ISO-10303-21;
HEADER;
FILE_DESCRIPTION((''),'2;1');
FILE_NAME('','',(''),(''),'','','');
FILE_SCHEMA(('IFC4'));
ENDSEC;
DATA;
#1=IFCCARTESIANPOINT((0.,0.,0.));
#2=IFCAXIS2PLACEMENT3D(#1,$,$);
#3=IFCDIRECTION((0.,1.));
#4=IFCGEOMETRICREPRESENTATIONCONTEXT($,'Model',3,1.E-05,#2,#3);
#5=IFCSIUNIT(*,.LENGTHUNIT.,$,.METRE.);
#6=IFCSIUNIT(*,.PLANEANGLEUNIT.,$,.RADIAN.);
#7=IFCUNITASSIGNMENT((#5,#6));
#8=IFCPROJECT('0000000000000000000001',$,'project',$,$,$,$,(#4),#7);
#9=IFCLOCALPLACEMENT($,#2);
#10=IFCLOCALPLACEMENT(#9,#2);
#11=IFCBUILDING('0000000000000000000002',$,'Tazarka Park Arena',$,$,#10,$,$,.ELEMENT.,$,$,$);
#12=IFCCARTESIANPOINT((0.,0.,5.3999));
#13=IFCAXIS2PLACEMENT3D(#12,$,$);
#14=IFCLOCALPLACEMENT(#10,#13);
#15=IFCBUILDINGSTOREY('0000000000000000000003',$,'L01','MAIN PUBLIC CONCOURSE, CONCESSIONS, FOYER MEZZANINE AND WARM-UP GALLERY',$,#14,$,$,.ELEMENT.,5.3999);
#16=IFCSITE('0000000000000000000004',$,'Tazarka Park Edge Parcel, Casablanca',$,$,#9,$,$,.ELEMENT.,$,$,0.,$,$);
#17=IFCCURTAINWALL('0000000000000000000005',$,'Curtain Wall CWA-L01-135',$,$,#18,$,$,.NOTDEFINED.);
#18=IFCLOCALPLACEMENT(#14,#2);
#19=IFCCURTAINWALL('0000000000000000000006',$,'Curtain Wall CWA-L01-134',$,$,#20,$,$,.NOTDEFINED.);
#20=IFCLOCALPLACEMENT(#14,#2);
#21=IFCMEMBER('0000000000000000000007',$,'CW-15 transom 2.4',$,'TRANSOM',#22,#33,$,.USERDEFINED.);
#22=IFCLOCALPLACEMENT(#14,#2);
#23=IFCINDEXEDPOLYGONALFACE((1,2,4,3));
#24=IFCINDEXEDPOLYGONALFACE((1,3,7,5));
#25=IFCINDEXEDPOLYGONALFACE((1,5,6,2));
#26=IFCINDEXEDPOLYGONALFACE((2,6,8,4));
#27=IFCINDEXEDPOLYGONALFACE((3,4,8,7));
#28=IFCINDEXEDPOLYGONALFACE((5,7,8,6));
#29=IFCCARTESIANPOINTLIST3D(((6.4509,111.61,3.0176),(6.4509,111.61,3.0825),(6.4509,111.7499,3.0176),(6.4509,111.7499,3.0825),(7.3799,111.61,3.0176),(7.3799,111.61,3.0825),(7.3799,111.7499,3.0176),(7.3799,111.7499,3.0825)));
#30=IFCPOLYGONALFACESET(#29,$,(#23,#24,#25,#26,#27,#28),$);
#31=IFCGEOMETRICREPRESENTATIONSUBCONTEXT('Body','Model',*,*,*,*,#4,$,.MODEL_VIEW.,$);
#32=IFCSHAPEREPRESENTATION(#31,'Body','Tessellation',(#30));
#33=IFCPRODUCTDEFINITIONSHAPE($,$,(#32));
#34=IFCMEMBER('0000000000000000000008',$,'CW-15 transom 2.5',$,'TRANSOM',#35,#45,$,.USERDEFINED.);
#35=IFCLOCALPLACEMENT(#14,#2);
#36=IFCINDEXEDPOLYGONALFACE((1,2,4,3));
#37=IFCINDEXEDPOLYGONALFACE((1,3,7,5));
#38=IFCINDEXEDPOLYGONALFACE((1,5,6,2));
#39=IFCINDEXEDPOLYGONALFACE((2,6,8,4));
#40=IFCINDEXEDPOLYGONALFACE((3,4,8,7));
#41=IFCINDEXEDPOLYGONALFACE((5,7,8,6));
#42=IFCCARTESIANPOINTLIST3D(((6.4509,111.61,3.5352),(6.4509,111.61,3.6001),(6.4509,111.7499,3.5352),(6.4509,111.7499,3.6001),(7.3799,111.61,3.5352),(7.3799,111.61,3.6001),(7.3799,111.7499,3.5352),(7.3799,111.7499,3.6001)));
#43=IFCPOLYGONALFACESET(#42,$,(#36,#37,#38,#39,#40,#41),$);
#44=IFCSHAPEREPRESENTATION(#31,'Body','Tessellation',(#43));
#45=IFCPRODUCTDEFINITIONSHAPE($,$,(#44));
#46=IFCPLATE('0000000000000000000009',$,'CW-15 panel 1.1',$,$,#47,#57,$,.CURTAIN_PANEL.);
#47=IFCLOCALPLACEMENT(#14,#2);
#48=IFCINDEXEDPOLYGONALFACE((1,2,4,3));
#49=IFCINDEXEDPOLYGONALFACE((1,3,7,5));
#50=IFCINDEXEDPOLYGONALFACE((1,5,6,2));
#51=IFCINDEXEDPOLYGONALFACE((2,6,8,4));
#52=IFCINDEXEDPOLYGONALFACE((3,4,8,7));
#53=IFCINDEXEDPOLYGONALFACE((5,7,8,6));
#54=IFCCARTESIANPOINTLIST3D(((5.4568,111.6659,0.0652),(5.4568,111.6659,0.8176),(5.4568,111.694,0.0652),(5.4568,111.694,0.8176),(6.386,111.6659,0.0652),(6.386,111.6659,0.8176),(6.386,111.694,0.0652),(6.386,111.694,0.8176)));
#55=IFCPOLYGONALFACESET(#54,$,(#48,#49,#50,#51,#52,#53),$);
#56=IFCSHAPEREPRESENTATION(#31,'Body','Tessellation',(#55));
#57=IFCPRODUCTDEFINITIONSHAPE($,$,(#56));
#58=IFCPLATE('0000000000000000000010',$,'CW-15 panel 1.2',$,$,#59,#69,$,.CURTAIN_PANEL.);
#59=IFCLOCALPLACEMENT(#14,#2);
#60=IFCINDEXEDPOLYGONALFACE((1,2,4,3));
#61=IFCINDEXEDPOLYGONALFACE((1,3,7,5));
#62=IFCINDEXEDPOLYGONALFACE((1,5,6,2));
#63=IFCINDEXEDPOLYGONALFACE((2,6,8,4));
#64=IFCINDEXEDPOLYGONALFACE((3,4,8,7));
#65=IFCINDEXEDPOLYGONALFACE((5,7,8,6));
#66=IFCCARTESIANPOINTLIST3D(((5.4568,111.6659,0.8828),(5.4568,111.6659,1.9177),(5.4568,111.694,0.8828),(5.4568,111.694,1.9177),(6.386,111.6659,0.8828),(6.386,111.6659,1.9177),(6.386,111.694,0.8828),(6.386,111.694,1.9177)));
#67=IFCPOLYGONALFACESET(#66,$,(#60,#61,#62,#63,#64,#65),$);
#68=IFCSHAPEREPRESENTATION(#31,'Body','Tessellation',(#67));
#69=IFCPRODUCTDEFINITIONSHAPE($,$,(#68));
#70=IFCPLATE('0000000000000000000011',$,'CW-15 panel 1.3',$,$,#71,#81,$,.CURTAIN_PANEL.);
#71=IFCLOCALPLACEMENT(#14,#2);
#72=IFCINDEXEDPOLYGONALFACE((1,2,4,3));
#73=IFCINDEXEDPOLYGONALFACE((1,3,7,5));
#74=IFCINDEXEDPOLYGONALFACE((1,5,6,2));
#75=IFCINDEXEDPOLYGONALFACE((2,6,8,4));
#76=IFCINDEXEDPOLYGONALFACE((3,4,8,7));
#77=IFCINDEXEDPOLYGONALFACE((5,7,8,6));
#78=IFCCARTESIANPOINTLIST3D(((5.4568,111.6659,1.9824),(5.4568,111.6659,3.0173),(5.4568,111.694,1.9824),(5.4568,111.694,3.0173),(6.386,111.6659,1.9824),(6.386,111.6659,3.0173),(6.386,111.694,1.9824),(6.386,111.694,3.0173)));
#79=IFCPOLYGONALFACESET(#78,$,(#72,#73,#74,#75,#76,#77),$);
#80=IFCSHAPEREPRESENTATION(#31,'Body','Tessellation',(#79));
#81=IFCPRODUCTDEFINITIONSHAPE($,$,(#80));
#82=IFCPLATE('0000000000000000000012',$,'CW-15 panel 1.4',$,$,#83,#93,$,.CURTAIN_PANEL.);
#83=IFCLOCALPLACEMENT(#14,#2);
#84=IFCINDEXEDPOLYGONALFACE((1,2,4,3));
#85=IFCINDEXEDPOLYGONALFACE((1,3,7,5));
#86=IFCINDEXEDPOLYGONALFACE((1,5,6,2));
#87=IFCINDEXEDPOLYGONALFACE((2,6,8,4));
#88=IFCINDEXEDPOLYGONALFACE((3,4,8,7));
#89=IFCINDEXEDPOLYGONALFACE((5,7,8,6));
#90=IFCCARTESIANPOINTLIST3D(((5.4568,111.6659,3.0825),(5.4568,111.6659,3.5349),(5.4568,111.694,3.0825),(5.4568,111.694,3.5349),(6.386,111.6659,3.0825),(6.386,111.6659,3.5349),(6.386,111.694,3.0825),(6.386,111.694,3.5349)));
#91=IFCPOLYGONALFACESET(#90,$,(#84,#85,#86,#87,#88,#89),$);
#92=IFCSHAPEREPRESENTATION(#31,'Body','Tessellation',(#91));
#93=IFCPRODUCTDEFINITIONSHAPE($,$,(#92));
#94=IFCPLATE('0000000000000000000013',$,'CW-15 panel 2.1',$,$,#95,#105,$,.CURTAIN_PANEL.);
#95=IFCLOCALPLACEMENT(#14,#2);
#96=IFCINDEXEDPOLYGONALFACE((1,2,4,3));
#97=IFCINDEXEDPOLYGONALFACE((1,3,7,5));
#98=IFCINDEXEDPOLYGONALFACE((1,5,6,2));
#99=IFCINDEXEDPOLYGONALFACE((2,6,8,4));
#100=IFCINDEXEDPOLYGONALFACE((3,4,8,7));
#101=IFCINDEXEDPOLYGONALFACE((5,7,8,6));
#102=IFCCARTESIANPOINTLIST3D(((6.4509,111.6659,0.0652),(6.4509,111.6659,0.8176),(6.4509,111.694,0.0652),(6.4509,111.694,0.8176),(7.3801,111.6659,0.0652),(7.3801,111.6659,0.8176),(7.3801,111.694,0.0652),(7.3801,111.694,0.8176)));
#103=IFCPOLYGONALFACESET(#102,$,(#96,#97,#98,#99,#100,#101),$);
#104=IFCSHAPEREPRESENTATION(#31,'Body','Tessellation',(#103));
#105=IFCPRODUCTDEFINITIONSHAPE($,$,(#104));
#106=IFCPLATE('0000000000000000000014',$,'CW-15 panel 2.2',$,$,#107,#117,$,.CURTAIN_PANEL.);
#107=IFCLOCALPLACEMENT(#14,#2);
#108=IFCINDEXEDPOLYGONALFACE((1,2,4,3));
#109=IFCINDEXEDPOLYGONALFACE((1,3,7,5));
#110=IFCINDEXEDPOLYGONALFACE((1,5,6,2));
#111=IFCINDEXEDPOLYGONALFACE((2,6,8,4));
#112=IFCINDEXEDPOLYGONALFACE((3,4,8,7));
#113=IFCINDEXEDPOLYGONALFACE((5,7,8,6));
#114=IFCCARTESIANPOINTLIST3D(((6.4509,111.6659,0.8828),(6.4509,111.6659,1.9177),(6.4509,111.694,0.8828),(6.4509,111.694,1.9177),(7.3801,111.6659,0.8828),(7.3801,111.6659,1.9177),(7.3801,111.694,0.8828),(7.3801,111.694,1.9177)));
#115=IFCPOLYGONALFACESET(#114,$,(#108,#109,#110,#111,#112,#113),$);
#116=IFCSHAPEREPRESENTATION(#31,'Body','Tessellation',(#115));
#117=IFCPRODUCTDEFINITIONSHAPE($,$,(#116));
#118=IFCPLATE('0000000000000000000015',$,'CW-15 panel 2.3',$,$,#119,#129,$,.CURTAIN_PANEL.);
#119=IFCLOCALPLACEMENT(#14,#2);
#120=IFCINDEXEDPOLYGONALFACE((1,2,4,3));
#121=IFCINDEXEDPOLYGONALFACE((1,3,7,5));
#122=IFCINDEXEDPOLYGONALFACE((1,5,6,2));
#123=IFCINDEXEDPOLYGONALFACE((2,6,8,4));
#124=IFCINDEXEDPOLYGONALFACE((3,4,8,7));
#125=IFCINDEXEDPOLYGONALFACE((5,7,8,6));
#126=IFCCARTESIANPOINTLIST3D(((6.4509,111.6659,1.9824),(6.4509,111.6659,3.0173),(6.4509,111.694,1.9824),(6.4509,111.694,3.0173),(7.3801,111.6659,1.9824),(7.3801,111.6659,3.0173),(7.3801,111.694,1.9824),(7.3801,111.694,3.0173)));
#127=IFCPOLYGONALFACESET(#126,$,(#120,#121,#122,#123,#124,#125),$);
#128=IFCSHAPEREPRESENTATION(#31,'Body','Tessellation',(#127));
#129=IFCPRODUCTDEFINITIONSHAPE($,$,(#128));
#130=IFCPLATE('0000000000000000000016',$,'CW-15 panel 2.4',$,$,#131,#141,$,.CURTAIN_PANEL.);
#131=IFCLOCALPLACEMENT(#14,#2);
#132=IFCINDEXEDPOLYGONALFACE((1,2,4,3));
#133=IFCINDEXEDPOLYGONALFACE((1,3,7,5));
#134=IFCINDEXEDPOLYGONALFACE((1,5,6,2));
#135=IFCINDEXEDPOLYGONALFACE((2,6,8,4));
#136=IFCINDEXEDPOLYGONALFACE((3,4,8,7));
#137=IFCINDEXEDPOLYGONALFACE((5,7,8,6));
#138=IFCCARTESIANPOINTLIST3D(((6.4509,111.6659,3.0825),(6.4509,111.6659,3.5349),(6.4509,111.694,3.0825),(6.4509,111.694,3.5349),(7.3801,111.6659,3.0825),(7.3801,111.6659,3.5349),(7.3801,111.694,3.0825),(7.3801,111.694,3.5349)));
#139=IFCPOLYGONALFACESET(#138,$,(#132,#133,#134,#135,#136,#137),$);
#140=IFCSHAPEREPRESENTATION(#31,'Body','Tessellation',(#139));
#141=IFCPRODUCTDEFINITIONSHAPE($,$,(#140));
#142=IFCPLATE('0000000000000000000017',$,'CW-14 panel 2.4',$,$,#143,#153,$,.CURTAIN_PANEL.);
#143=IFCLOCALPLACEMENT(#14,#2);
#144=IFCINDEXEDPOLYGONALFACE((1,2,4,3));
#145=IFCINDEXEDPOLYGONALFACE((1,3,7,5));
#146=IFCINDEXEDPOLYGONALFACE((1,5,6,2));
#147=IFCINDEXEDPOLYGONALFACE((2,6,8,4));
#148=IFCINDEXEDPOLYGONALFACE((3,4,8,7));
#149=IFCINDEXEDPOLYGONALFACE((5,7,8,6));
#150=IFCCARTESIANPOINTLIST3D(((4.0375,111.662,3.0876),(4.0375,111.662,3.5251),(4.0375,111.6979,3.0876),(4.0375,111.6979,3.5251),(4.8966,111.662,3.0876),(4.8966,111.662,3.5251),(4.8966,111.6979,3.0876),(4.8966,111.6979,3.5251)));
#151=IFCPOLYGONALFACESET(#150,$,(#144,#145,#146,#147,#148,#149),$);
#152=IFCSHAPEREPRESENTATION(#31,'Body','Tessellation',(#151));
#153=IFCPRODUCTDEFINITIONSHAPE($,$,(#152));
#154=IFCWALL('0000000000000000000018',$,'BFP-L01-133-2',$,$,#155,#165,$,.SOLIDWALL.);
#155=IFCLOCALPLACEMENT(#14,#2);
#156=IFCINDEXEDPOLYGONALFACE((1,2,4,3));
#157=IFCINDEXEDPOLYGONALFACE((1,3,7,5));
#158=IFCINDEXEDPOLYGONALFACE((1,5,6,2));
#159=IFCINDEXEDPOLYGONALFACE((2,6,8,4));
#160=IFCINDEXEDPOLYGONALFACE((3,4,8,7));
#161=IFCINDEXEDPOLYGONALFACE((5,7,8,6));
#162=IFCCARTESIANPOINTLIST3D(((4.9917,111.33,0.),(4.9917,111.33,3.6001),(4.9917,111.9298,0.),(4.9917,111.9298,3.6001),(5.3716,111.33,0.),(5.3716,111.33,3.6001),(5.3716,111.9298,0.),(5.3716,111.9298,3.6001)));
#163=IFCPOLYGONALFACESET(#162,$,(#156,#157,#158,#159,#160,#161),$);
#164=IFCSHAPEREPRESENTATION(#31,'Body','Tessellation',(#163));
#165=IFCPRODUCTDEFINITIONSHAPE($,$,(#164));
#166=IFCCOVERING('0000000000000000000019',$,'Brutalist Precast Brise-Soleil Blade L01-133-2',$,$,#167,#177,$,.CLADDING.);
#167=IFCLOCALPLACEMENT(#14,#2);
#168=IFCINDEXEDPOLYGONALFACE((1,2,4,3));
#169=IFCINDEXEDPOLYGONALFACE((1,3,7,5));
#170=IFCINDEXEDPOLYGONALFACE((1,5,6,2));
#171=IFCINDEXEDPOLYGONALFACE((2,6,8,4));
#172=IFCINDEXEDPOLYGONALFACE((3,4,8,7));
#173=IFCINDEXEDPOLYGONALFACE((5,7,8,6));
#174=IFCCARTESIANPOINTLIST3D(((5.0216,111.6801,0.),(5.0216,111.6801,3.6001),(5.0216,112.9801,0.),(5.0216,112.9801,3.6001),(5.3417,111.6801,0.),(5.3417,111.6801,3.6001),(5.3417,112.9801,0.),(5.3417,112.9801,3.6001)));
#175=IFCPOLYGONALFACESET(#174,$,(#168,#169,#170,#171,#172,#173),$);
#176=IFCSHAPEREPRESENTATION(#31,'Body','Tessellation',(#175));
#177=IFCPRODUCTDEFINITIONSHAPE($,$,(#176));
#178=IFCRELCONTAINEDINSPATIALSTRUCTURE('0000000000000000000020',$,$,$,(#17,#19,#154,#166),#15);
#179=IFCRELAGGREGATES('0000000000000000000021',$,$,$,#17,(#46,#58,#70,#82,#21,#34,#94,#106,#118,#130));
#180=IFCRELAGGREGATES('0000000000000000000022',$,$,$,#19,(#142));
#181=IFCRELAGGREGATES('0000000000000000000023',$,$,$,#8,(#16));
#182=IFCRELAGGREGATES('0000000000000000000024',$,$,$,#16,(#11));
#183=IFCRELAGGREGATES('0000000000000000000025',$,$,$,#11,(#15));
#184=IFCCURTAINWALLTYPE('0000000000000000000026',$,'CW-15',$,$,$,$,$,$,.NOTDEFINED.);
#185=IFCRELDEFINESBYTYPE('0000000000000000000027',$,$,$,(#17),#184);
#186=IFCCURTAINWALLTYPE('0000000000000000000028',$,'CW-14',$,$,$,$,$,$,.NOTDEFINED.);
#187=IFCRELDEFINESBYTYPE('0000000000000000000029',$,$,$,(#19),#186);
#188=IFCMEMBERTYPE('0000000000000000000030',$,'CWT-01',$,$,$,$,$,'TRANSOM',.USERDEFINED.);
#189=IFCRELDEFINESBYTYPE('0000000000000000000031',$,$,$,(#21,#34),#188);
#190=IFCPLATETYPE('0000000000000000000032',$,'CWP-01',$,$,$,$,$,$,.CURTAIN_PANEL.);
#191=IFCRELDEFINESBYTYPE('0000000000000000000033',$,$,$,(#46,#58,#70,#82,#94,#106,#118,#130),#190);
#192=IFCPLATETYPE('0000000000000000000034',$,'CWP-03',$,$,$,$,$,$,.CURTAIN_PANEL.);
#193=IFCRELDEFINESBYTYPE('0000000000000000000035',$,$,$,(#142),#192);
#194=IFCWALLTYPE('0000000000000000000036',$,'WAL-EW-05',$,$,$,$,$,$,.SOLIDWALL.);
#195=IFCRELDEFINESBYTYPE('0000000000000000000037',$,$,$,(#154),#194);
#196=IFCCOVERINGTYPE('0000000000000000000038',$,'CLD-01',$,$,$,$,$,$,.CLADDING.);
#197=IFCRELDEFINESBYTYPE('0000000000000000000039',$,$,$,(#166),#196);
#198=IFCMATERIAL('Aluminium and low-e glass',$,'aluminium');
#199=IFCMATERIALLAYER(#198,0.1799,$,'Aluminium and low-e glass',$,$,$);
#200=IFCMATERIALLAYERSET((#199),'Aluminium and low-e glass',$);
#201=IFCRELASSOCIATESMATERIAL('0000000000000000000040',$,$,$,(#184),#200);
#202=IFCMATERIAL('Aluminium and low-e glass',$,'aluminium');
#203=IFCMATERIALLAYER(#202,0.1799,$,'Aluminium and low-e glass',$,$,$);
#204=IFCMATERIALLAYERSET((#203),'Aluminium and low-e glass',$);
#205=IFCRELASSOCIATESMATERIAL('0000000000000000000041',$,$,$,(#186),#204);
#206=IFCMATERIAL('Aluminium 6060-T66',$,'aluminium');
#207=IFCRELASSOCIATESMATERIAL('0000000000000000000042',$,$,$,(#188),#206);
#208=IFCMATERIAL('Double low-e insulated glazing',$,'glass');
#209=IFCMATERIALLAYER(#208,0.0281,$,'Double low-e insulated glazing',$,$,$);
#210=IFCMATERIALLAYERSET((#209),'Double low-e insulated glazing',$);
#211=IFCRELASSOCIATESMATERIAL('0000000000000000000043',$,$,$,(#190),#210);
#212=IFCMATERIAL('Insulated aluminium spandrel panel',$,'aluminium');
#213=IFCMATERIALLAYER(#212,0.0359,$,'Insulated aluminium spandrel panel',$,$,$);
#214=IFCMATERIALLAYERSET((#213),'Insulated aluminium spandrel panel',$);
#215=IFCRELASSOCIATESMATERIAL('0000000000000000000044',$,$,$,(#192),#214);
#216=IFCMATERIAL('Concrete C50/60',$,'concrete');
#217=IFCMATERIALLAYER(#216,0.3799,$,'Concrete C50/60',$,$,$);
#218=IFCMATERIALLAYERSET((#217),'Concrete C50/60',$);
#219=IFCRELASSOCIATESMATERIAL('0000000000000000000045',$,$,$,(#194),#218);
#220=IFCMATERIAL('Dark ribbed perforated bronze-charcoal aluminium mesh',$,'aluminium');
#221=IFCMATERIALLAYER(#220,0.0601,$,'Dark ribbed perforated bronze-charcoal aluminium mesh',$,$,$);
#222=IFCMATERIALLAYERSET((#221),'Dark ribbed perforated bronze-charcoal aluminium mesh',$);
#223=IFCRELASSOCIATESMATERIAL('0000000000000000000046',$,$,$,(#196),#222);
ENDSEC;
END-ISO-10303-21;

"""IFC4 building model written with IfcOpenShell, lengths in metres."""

from ifc_helpers import new_model, si_unit, direction, frame, frame_2d, origin, origin_2d, place, context, subcontext, project, spatial, rectangle, extrude, material, layer, layer_set, material_profile, profile_set, type_object, element, aggregate, save


model = new_model("IFC4")

# Units and contexts
model_context = context("Model", 3, precision=1e-05, world=origin(), true_north=direction((0.0, 1.0)))
body_context = subcontext(model_context, "Body", "Model", "MODEL_VIEW")
ifc_project = project(units=[si_unit("LENGTHUNIT", "METRE"), si_unit("PLANEANGLEUNIT", "RADIAN")], contexts=[model_context])

# Site, building, storey
site_placement = place(None, origin())
site = spatial("IfcSite", under=ifc_project, at=site_placement, Name="Tazarka Park Edge Parcel, Casablanca", CompositionType="ELEMENT", RefElevation=0.0)
building_placement = place(site_placement, origin())
building = spatial("IfcBuilding", under=site, at=building_placement, Name="Tazarka Park Arena", CompositionType="ELEMENT")
storey_placement = place(building_placement, frame((0.0, 0.0, 5.3999)))
storey = spatial("IfcBuildingStorey", under=building, at=storey_placement, Name="L01", Description="MAIN PUBLIC CONCOURSE, CONCESSIONS, FOYER MEZZANINE AND WARM-UP GALLERY", CompositionType="ELEMENT", Elevation=5.3999)

# Curtain wall
ifc_material_1 = material(Name="Aluminium and low-e glass", Category="aluminium")
ifc_layer_1 = layer(ifc_material_1, 0.1799, Name="Aluminium and low-e glass")
ifc_layer_set_1 = layer_set([ifc_layer_1], Name="Aluminium and low-e glass")
curtain_wall_type_1 = type_object("IfcCurtainWallType", Name="CW-15", PredefinedType="NOTDEFINED", material=ifc_layer_set_1)
curtain_wall_1_placement = place(storey_placement, origin())
curtain_wall_1 = element("IfcCurtainWall", 1, at=curtain_wall_1_placement, inside=storey, type_object=curtain_wall_type_1, Name="Curtain Wall CWA-L01-135", PredefinedType="NOTDEFINED")

# Curtain wall
ifc_material_2 = material(Name="Aluminium and low-e glass", Category="aluminium")
ifc_layer_2 = layer(ifc_material_2, 0.1799, Name="Aluminium and low-e glass")
ifc_layer_set_2 = layer_set([ifc_layer_2], Name="Aluminium and low-e glass")
curtain_wall_type_2 = type_object("IfcCurtainWallType", Name="CW-14", PredefinedType="NOTDEFINED", material=ifc_layer_set_2)
curtain_wall_2_placement = place(storey_placement, origin())
curtain_wall_2 = element("IfcCurtainWall", 2, at=curtain_wall_2_placement, inside=storey, type_object=curtain_wall_type_2, Name="Curtain Wall CWA-L01-134", PredefinedType="NOTDEFINED")

# Members
ifc_material_3 = material(Name="Aluminium 6060-T66", Category="aluminium")
ifc_material_profile_1 = material_profile(ifc_material_3, rectangle(XDim=0.1399, YDim=0.0649, at=origin_2d()), Name="Aluminium 6060-T66")
ifc_profile_set_1 = profile_set([ifc_material_profile_1], Name="Aluminium 6060-T66")
member_type_1 = type_object("IfcMemberType", Name="CWT-01", ElementType="TRANSOM", PredefinedType="USERDEFINED", material=ifc_profile_set_1)
member_1_placement = place(storey_placement, frame((6.4509, 111.6799, 3.05), z_axis=(1.0, 0.0, 0.0), x_axis=(0.0, 1.0, 0.0)))
member_1 = element("IfcMember", 3, at=member_1_placement, type_object=member_type_1, Name="CW-15 transom 2.4", ObjectType="TRANSOM", PredefinedType="USERDEFINED", context=body_context, shape_type="SweptSolid", body=[
    extrude(rectangle(XDim=0.1399, YDim=0.0649, at=origin_2d()), origin(), (0.0, 0.0, 1.0), 0.929),
])
member_2_placement = place(storey_placement, frame((6.4509, 111.6799, 3.5676), z_axis=(1.0, 0.0, 0.0), x_axis=(0.0, 1.0, 0.0)))
member_2 = element("IfcMember", 4, at=member_2_placement, type_object=member_type_1, Name="CW-15 transom 2.5", ObjectType="TRANSOM", PredefinedType="USERDEFINED", context=body_context, shape_type="SweptSolid", body=[
    extrude(rectangle(XDim=0.1399, YDim=0.0649, at=origin_2d()), origin(), (0.0, 0.0, 1.0), 0.929),
])

# Plates
ifc_material_4 = material(Name="Double low-e insulated glazing", Category="glass")
ifc_layer_3 = layer(ifc_material_4, 0.0281, Name="Double low-e insulated glazing")
ifc_layer_set_3 = layer_set([ifc_layer_3], Name="Double low-e insulated glazing")
plate_type_1 = type_object("IfcPlateType", Name="CWP-01", PredefinedType="CURTAIN_PANEL", material=ifc_layer_set_3)
plate_1_placement = place(storey_placement, frame((5.9214, 111.6799, 0.0652), z_axis=(0.0, 0.0, 1.0), x_axis=(1.0, 0.0, 0.0)))
plate_1 = element("IfcPlate", 5, at=plate_1_placement, type_object=plate_type_1, Name="CW-15 panel 1.1", PredefinedType="CURTAIN_PANEL", context=body_context, shape_type="SweptSolid", body=[
    extrude(rectangle(XDim=0.9292, YDim=0.0281, at=origin_2d()), origin(), (0.0, 0.0, 1.0), 0.7524),
])
plate_2_placement = place(storey_placement, frame((5.9214, 111.6799, 0.8828), z_axis=(0.0, 0.0, 1.0), x_axis=(1.0, 0.0, 0.0)))
plate_2 = element("IfcPlate", 6, at=plate_2_placement, type_object=plate_type_1, Name="CW-15 panel 1.2", PredefinedType="CURTAIN_PANEL", context=body_context, shape_type="SweptSolid", body=[
    extrude(rectangle(XDim=0.9292, YDim=0.0281, at=origin_2d()), origin(), (0.0, 0.0, 1.0), 1.0349),
])
plate_3_placement = place(storey_placement, frame((5.9214, 111.6799, 1.9824), z_axis=(0.0, 0.0, 1.0), x_axis=(1.0, 0.0, 0.0)))
plate_3 = element("IfcPlate", 7, at=plate_3_placement, type_object=plate_type_1, Name="CW-15 panel 1.3", PredefinedType="CURTAIN_PANEL", context=body_context, shape_type="SweptSolid", body=[
    extrude(rectangle(XDim=0.9292, YDim=0.0281, at=origin_2d()), origin(), (0.0, 0.0, 1.0), 1.0349),
])
plate_4_placement = place(storey_placement, frame((5.9214, 111.6799, 3.0825), z_axis=(0.0, 0.0, 1.0), x_axis=(1.0, 0.0, 0.0)))
plate_4 = element("IfcPlate", 8, at=plate_4_placement, type_object=plate_type_1, Name="CW-15 panel 1.4", PredefinedType="CURTAIN_PANEL", context=body_context, shape_type="SweptSolid", body=[
    extrude(rectangle(XDim=0.9292, YDim=0.0281, at=origin_2d()), origin(), (0.0, 0.0, 1.0), 0.4524),
])
plate_5_placement = place(storey_placement, frame((6.9155, 111.6799, 0.0652), z_axis=(0.0, 0.0, 1.0), x_axis=(1.0, 0.0, 0.0)))
plate_5 = element("IfcPlate", 9, at=plate_5_placement, type_object=plate_type_1, Name="CW-15 panel 2.1", PredefinedType="CURTAIN_PANEL", context=body_context, shape_type="SweptSolid", body=[
    extrude(rectangle(XDim=0.9292, YDim=0.0281, at=origin_2d()), origin(), (0.0, 0.0, 1.0), 0.7524),
])
plate_6_placement = place(storey_placement, frame((6.9155, 111.6799, 0.8828), z_axis=(0.0, 0.0, 1.0), x_axis=(1.0, 0.0, 0.0)))
plate_6 = element("IfcPlate", 10, at=plate_6_placement, type_object=plate_type_1, Name="CW-15 panel 2.2", PredefinedType="CURTAIN_PANEL", context=body_context, shape_type="SweptSolid", body=[
    extrude(rectangle(XDim=0.9292, YDim=0.0281, at=origin_2d()), origin(), (0.0, 0.0, 1.0), 1.0349),
])
plate_7_placement = place(storey_placement, frame((6.9155, 111.6799, 1.9824), z_axis=(0.0, 0.0, 1.0), x_axis=(1.0, 0.0, 0.0)))
plate_7 = element("IfcPlate", 11, at=plate_7_placement, type_object=plate_type_1, Name="CW-15 panel 2.3", PredefinedType="CURTAIN_PANEL", context=body_context, shape_type="SweptSolid", body=[
    extrude(rectangle(XDim=0.9292, YDim=0.0281, at=origin_2d()), origin(), (0.0, 0.0, 1.0), 1.0349),
])
plate_8_placement = place(storey_placement, frame((6.9155, 111.6799, 3.0825), z_axis=(0.0, 0.0, 1.0), x_axis=(1.0, 0.0, 0.0)))
plate_8 = element("IfcPlate", 12, at=plate_8_placement, type_object=plate_type_1, Name="CW-15 panel 2.4", PredefinedType="CURTAIN_PANEL", context=body_context, shape_type="SweptSolid", body=[
    extrude(rectangle(XDim=0.9292, YDim=0.0281, at=origin_2d()), origin(), (0.0, 0.0, 1.0), 0.4524),
])
aggregate(curtain_wall_1, [plate_1, plate_2, plate_3, plate_4, member_1, member_2, plate_5, plate_6, plate_7, plate_8])
ifc_material_5 = material(Name="Insulated aluminium spandrel panel", Category="aluminium")
ifc_layer_4 = layer(ifc_material_5, 0.0359, Name="Insulated aluminium spandrel panel")
ifc_layer_set_4 = layer_set([ifc_layer_4], Name="Insulated aluminium spandrel panel")
plate_type_2 = type_object("IfcPlateType", Name="CWP-03", PredefinedType="CURTAIN_PANEL", material=ifc_layer_set_4)
plate_9_placement = place(storey_placement, frame((4.467, 111.6799, 3.0876), z_axis=(0.0, 0.0, 1.0), x_axis=(1.0, 0.0, 0.0)))
plate_9 = element("IfcPlate", 13, at=plate_9_placement, type_object=plate_type_2, Name="CW-14 panel 2.4", PredefinedType="CURTAIN_PANEL", context=body_context, shape_type="SweptSolid", body=[
    extrude(rectangle(XDim=0.8591, YDim=0.0359, at=origin_2d()), origin(), (0.0, 0.0, 1.0), 0.4375),
])
aggregate(curtain_wall_2, [plate_9])

# Wall
ifc_material_6 = material(Name="Concrete C50/60", Category="concrete")
ifc_layer_5 = layer(ifc_material_6, 0.3799, Name="Concrete C50/60")
ifc_layer_set_5 = layer_set([ifc_layer_5], Name="Concrete C50/60")
wall_type = type_object("IfcWallType", Name="WAL-EW-05", PredefinedType="SOLIDWALL", material=ifc_layer_set_5)
wall_placement = place(storey_placement, frame((5.1816, 111.3301, 0.0), z_axis=(0.0, 0.0, 1.0), x_axis=(0.0, 1.0, 0.0)))
element("IfcWall", 14, at=wall_placement, inside=storey, type_object=wall_type, Name="BFP-L01-133-2", PredefinedType="SOLIDWALL", context=body_context, shape_type="SweptSolid", body=[
    extrude(rectangle(XDim=0.5999, YDim=0.3799, at=frame_2d((0.2998, 0.0))), origin(), (0.0, 0.0, 1.0), 3.6001),
])

# Covering
ifc_material_7 = material(Name="Dark ribbed perforated bronze-charcoal aluminium mesh", Category="aluminium")
ifc_layer_6 = layer(ifc_material_7, 0.0601, Name="Dark ribbed perforated bronze-charcoal aluminium mesh")
ifc_layer_set_6 = layer_set([ifc_layer_6], Name="Dark ribbed perforated bronze-charcoal aluminium mesh")
covering_type = type_object("IfcCoveringType", Name="CLD-01", PredefinedType="CLADDING", material=ifc_layer_set_6)
covering_placement = place(storey_placement, frame((5.1816, 112.3301, 0.0), z_axis=(0.0, 0.0, 1.0), x_axis=(1.0, 0.0, 0.0)))
element("IfcCovering", 15, at=covering_placement, inside=storey, type_object=covering_type, Name="Brutalist Precast Brise-Soleil Blade L01-133-2", PredefinedType="CLADDING", context=body_context, shape_type="SweptSolid", body=[
    extrude(rectangle(XDim=0.3201, YDim=1.3, at=origin_2d()), origin(), (0.0, 0.0, 1.0), 3.6001),
])

save(model, "model.ifc")
